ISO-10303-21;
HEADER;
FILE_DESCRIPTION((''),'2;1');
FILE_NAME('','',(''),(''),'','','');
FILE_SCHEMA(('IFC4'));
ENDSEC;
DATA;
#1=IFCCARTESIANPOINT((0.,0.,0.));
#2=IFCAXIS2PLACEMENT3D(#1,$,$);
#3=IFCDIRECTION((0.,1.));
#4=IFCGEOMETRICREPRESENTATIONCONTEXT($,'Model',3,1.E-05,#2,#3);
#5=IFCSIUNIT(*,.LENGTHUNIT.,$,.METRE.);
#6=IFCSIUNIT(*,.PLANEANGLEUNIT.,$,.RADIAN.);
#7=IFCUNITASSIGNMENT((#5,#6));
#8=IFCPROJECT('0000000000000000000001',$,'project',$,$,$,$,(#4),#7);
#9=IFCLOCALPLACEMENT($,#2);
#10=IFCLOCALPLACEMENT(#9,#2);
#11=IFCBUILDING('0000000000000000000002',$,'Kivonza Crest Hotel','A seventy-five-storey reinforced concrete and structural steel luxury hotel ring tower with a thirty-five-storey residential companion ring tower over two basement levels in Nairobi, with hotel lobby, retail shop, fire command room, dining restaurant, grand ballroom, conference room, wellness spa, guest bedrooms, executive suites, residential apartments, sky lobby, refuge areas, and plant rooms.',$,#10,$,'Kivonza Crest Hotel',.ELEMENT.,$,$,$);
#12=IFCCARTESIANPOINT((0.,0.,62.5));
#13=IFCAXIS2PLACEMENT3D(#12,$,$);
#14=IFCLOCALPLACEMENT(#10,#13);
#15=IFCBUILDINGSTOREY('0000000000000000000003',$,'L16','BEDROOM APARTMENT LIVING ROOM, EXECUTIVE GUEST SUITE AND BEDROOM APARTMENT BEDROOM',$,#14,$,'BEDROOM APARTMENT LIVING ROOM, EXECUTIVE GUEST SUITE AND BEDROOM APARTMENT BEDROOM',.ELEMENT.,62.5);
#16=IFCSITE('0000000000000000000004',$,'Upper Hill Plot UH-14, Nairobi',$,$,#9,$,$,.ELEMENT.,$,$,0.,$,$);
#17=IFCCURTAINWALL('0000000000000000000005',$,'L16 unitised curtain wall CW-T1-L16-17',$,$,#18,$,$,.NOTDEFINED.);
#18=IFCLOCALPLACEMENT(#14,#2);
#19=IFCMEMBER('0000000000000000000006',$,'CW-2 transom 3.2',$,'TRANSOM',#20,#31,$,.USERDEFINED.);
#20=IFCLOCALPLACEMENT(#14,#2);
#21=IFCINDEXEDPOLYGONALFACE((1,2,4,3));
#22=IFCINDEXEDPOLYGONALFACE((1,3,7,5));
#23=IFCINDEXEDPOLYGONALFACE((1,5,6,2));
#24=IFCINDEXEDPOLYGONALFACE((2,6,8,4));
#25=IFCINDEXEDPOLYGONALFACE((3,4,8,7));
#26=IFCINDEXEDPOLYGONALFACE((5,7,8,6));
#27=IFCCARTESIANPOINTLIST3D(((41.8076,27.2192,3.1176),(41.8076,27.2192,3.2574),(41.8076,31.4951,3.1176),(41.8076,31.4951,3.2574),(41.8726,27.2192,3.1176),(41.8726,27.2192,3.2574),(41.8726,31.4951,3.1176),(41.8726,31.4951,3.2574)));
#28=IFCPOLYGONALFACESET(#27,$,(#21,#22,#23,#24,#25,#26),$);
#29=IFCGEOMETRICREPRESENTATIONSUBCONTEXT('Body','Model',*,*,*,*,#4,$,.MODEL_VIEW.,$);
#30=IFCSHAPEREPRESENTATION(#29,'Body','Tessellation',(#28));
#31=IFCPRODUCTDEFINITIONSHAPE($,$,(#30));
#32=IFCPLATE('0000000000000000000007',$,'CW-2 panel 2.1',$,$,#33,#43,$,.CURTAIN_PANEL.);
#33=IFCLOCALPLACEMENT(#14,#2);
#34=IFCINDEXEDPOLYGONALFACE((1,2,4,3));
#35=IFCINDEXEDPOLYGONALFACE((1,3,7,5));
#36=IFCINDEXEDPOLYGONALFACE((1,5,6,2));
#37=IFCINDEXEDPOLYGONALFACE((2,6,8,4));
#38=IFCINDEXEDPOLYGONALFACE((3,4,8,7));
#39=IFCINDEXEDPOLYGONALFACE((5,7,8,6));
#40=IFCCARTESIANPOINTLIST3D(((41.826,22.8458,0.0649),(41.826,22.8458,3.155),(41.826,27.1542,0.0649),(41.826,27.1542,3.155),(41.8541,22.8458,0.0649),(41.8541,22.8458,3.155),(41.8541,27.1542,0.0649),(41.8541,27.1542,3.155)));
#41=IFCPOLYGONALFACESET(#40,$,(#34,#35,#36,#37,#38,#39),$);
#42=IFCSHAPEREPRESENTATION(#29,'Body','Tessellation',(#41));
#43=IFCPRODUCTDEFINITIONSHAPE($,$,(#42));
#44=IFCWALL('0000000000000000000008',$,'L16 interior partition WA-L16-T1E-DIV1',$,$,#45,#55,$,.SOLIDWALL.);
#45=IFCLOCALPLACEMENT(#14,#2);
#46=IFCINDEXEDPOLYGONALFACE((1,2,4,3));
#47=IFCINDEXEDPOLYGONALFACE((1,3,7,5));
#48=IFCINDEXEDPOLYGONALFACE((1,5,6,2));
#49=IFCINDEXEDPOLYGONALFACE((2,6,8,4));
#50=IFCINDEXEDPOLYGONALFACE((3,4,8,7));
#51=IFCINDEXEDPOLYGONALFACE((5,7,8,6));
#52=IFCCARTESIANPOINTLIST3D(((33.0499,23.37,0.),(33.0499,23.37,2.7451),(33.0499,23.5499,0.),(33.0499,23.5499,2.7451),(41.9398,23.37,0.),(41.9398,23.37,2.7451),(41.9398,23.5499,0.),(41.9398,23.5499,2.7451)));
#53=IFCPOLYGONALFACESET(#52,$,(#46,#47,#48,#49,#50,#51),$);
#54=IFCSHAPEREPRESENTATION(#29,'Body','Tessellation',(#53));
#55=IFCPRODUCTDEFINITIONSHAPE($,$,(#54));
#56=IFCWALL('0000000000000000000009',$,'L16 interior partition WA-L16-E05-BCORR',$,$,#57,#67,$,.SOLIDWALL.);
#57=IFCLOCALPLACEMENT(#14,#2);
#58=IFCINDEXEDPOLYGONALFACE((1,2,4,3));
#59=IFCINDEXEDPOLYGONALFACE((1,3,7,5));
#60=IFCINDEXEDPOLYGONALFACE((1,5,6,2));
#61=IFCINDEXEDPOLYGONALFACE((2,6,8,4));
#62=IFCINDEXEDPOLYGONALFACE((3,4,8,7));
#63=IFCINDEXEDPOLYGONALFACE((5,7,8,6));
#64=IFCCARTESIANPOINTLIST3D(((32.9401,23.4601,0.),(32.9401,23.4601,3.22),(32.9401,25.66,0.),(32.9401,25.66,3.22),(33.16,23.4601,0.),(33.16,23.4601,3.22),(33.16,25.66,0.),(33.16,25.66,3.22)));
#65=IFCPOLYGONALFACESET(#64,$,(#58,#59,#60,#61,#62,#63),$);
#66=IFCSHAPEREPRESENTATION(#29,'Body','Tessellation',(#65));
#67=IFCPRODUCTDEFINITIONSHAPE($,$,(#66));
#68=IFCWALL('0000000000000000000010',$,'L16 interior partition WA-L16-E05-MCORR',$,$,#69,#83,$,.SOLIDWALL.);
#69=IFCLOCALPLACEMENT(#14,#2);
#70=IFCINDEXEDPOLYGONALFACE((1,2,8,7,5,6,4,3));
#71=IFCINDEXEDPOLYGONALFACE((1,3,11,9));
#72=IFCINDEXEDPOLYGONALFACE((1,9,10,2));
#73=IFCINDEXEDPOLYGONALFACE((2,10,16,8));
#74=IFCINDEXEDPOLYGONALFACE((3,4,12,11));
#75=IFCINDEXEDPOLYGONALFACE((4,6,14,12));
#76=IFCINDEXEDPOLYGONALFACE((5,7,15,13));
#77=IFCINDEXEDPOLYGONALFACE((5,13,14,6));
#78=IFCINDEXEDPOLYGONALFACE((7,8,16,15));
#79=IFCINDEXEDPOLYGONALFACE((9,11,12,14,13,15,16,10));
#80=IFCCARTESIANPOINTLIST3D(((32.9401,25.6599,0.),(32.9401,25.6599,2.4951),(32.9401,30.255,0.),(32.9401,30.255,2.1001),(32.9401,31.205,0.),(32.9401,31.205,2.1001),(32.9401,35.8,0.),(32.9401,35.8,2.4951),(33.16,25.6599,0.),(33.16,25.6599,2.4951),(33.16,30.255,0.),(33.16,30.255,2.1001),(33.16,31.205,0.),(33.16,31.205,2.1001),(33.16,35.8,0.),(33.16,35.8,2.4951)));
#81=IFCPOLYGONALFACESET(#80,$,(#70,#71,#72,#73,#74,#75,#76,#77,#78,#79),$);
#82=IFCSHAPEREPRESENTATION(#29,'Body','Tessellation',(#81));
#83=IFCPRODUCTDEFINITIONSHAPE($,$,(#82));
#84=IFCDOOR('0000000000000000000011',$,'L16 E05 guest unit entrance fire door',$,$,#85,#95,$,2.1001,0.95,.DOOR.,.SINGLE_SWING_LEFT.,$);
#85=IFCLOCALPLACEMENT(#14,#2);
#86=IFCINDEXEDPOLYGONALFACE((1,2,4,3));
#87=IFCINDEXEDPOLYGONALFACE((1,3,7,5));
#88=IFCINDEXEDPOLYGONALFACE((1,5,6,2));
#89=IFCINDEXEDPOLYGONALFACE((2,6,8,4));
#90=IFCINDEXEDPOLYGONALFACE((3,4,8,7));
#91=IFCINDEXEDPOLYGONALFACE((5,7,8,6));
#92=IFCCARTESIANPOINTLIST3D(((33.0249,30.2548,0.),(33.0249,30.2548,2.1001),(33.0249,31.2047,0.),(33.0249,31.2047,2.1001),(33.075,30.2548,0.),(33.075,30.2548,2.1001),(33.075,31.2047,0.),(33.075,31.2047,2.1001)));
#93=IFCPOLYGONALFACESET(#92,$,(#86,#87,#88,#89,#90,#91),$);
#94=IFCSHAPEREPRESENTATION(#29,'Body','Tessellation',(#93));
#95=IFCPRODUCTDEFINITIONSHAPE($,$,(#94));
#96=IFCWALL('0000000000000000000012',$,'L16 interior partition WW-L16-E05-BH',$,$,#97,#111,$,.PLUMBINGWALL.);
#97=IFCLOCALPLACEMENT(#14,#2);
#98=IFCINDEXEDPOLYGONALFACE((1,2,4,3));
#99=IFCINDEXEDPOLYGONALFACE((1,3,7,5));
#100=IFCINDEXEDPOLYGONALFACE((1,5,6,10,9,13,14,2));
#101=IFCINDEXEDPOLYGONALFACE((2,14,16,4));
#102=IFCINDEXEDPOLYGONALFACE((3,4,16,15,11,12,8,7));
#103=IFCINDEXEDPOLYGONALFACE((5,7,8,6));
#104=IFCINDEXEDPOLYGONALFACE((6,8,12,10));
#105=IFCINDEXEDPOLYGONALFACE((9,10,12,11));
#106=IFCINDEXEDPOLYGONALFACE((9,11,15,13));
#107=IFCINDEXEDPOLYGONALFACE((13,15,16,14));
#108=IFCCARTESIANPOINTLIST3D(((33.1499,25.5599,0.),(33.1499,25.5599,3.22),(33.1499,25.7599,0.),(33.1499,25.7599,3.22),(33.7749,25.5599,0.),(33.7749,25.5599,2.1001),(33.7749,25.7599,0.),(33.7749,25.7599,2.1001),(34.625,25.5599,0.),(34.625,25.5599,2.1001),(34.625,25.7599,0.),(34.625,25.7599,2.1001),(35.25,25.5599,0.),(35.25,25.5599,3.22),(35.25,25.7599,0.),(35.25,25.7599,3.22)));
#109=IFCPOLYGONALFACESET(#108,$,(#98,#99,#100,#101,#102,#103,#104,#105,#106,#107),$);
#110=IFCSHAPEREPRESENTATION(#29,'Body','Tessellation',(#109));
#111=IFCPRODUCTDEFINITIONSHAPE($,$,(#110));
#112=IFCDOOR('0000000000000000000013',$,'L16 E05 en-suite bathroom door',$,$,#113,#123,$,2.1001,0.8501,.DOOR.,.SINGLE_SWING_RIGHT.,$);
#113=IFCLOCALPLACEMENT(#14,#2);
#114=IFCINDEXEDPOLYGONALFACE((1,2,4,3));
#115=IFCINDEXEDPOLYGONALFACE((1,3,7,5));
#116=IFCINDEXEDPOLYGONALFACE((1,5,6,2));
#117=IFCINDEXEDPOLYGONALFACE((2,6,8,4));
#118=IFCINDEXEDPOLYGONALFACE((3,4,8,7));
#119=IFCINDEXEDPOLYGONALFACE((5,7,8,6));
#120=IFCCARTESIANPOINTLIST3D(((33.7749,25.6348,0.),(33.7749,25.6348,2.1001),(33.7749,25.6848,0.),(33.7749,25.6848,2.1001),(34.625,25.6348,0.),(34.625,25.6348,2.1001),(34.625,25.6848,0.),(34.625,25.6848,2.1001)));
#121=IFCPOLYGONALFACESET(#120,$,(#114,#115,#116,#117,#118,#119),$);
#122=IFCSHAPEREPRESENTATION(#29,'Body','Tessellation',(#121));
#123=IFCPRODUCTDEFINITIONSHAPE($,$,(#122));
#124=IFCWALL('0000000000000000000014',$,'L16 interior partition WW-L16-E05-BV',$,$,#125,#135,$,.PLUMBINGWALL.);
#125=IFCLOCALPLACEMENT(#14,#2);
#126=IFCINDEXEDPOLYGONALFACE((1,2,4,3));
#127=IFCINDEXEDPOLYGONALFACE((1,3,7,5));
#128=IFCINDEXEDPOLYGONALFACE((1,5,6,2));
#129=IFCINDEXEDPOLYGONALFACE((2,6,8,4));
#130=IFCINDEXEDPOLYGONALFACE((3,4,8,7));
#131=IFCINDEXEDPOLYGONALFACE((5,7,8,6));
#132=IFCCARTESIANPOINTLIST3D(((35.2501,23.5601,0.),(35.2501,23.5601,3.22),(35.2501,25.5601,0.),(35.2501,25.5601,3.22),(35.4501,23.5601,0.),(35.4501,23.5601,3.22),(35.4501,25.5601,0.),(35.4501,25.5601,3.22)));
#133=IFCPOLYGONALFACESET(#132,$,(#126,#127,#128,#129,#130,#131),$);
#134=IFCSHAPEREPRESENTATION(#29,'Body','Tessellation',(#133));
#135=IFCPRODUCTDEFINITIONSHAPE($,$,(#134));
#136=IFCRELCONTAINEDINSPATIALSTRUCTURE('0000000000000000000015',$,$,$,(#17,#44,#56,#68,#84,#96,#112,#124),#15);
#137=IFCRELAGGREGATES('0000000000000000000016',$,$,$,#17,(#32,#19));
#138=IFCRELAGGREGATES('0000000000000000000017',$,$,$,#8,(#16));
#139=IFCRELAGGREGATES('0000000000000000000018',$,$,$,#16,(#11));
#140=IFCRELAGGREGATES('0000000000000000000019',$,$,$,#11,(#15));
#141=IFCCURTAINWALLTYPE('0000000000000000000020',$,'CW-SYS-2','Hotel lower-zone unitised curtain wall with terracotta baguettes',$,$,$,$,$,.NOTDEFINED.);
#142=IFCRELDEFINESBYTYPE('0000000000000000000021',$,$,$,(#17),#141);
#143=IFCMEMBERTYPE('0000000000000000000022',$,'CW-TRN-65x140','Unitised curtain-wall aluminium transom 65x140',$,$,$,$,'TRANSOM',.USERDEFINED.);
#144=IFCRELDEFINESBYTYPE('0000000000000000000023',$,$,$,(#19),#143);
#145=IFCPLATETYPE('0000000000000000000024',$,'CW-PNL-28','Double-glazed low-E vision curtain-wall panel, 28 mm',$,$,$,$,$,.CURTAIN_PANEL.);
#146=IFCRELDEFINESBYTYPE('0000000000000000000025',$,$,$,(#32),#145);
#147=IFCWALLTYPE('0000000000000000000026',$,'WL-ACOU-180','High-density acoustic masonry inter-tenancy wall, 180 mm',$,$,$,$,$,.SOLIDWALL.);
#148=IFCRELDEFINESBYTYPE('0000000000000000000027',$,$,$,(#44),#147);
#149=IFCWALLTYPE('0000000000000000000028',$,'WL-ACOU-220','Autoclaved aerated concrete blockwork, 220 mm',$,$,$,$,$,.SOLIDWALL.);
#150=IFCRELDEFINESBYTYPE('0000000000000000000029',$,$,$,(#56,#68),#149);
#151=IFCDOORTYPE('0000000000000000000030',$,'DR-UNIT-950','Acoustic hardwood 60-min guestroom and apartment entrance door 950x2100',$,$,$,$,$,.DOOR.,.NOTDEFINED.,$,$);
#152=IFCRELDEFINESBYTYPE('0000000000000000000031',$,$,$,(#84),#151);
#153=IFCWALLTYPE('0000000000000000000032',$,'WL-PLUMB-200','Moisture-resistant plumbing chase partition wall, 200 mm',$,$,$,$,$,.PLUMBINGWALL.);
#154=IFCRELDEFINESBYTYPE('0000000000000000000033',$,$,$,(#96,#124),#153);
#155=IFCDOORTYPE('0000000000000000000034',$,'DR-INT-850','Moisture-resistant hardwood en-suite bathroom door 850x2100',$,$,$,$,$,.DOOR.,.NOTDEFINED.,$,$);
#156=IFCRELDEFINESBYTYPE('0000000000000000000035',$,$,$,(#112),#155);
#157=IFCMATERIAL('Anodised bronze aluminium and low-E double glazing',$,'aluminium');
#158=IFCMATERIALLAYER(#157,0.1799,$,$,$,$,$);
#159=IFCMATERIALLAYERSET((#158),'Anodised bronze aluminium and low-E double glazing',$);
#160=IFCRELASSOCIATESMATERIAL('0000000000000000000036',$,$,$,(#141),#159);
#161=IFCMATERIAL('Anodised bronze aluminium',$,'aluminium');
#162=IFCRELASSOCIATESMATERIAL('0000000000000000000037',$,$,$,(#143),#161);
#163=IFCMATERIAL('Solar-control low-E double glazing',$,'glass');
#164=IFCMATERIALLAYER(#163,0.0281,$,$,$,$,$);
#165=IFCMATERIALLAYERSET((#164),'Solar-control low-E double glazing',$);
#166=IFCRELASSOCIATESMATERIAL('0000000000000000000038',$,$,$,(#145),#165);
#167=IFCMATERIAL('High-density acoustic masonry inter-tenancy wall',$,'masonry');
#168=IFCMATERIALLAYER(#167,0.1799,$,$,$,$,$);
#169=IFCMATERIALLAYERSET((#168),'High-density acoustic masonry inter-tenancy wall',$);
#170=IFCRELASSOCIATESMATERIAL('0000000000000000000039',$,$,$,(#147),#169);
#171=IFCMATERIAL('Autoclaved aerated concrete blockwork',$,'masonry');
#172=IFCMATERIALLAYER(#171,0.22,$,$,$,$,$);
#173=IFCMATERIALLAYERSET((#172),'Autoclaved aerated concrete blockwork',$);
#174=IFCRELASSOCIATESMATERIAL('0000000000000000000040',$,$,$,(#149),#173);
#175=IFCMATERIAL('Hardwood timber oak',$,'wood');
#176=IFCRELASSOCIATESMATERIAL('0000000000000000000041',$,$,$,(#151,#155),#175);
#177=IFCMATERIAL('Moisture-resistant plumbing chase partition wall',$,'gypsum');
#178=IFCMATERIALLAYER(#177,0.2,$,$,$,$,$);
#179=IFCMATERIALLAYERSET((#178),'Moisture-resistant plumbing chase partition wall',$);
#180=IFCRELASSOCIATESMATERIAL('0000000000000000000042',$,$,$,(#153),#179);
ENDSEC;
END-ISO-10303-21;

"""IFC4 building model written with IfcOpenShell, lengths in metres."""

from ifc_helpers import new_model, si_unit, direction, frame, frame_2d, origin, origin_2d, place, context, subcontext, project, spatial, rectangle, extrude, material, layer, layer_set, material_profile, profile_set, type_object, element, fill, aggregate, save


model = new_model("IFC4")

# Units and contexts
model_context = context("Model", 3, precision=1e-05, world=origin(), true_north=direction((0.0, 1.0)))
body_context = subcontext(model_context, "Body", "Model", "MODEL_VIEW")
ifc_project = project(units=[si_unit("LENGTHUNIT", "METRE"), si_unit("PLANEANGLEUNIT", "RADIAN")], contexts=[model_context])

# Site, building, storey
site_placement = place(None, origin())
site = spatial("IfcSite", under=ifc_project, at=site_placement, Name="Upper Hill Plot UH-14, Nairobi", CompositionType="ELEMENT", RefElevation=0.0)
building_placement = place(site_placement, origin())
building = spatial("IfcBuilding", under=site, at=building_placement, Name="Kivonza Crest Hotel", Description="A seventy-five-storey reinforced concrete and structural steel luxury hotel ring tower with a thirty-five-storey residential companion ring tower over two basement levels in Nairobi, with hotel lobby, retail shop, fire command room, dining restaurant, grand ballroom, conference room, wellness spa, guest bedrooms, executive suites, residential apartments, sky lobby, refuge areas, and plant rooms.", LongName="Kivonza Crest Hotel", CompositionType="ELEMENT")
storey_placement = place(building_placement, frame((0.0, 0.0, 62.5)))
storey = spatial("IfcBuildingStorey", under=building, at=storey_placement, Name="L16", Description="BEDROOM APARTMENT LIVING ROOM, EXECUTIVE GUEST SUITE AND BEDROOM APARTMENT BEDROOM", LongName="BEDROOM APARTMENT LIVING ROOM, EXECUTIVE GUEST SUITE AND BEDROOM APARTMENT BEDROOM", CompositionType="ELEMENT", Elevation=62.5)

# Curtain wall, member, plate
ifc_material_1 = material(Name="Anodised bronze aluminium and low-E double glazing", Category="aluminium")
ifc_layer_1 = layer(ifc_material_1, 0.1799)
ifc_layer_set_1 = layer_set([ifc_layer_1], Name="Anodised bronze aluminium and low-E double glazing")
curtain_wall_type = type_object("IfcCurtainWallType", Name="CW-SYS-2", Description="Hotel lower-zone unitised curtain wall with terracotta baguettes", PredefinedType="NOTDEFINED", material=ifc_layer_set_1)
curtain_wall_placement = place(storey_placement, origin())
curtain_wall = element("IfcCurtainWall", 1, at=curtain_wall_placement, inside=storey, type_object=curtain_wall_type, Name="L16 unitised curtain wall CW-T1-L16-17", PredefinedType="NOTDEFINED")
ifc_material_2 = material(Name="Anodised bronze aluminium", Category="aluminium")
ifc_material_profile_1 = material_profile(ifc_material_2, rectangle(XDim=0.0649, YDim=0.1399, at=origin_2d()), Name="CW-T 65x140")
ifc_profile_set_1 = profile_set([ifc_material_profile_1], Name="Anodised bronze aluminium")
member_type_1 = type_object("IfcMemberType", Name="CW-TRN-65x140", Description="Unitised curtain-wall aluminium transom 65x140", ElementType="TRANSOM", PredefinedType="USERDEFINED", material=ifc_profile_set_1)
member_1_placement = place(storey_placement, frame((41.8401, 27.2192, 3.1875), z_axis=(0.0, 1.0, 0.0), x_axis=(-1.0, 0.0, 0.0)))
member_1 = element("IfcMember", 2, at=member_1_placement, type_object=member_type_1, Name="CW-2 transom 3.2", ObjectType="TRANSOM", PredefinedType="USERDEFINED", context=body_context, shape_type="SweptSolid", body=[
    extrude(rectangle(XDim=0.0649, YDim=0.1399, at=origin_2d()), origin(), (0.0, 0.0, 1.0), 4.2759),
])
ifc_material_3 = material(Name="Solar-control low-E double glazing", Category="glass")
ifc_layer_2 = layer(ifc_material_3, 0.0281)
ifc_layer_set_2 = layer_set([ifc_layer_2], Name="Solar-control low-E double glazing")
plate_type = type_object("IfcPlateType", Name="CW-PNL-28", Description="Double-glazed low-E vision curtain-wall panel, 28 mm", PredefinedType="CURTAIN_PANEL", material=ifc_layer_set_2)
plate_placement = place(storey_placement, frame((41.8401, 25.0, 0.0649), z_axis=(0.0, 0.0, 1.0), x_axis=(0.0, 1.0, 0.0)))
plate = element("IfcPlate", 3, at=plate_placement, type_object=plate_type, Name="CW-2 panel 2.1", PredefinedType="CURTAIN_PANEL", context=body_context, shape_type="SweptSolid", body=[
    extrude(rectangle(XDim=4.3083, YDim=0.0281, at=origin_2d()), origin(), (0.0, 0.0, 1.0), 3.0901),
])
aggregate(curtain_wall, [plate, member_1])

# Walls
ifc_material_4 = material(Name="High-density acoustic masonry inter-tenancy wall", Category="masonry")
ifc_layer_3 = layer(ifc_material_4, 0.1799)
ifc_layer_set_3 = layer_set([ifc_layer_3], Name="High-density acoustic masonry inter-tenancy wall")
wall_type_1 = type_object("IfcWallType", Name="WL-ACOU-180", Description="High-density acoustic masonry inter-tenancy wall, 180 mm", PredefinedType="SOLIDWALL", material=ifc_layer_set_3)
wall_1_placement = place(storey_placement, frame((33.05, 23.46, 0.0), z_axis=(0.0, 0.0, 1.0), x_axis=(1.0, 0.0, 0.0)))
element("IfcWall", 4, at=wall_1_placement, inside=storey, type_object=wall_type_1, Name="L16 interior partition WA-L16-T1E-DIV1", PredefinedType="SOLIDWALL", context=body_context, shape_type="SweptSolid", body=[
    extrude(rectangle(XDim=8.8899, YDim=0.1799, at=frame_2d((4.4448, 0.0))), origin(), (0.0, 0.0, 1.0), 2.7451),
])
ifc_material_5 = material(Name="Autoclaved aerated concrete blockwork", Category="masonry")
ifc_layer_4 = layer(ifc_material_5, 0.22)
ifc_layer_set_4 = layer_set([ifc_layer_4], Name="Autoclaved aerated concrete blockwork")
wall_type_2 = type_object("IfcWallType", Name="WL-ACOU-220", Description="Autoclaved aerated concrete blockwork, 220 mm", PredefinedType="SOLIDWALL", material=ifc_layer_set_4)
wall_2_placement = place(storey_placement, frame((33.05, 23.46, 0.0), z_axis=(0.0, 0.0, 1.0), x_axis=(0.0, 1.0, 0.0)))
element("IfcWall", 5, at=wall_2_placement, inside=storey, type_object=wall_type_2, Name="L16 interior partition WA-L16-E05-BCORR", PredefinedType="SOLIDWALL", context=body_context, shape_type="SweptSolid", body=[
    extrude(rectangle(XDim=2.2, YDim=0.22, at=frame_2d((1.1001, 0.0))), origin(), (0.0, 0.0, 1.0), 3.22),
])

# Walls, openings, doors
wall_3_placement = place(storey_placement, frame((33.05, 25.6599, 0.0), z_axis=(0.0, 0.0, 1.0), x_axis=(0.0, 1.0, 0.0)))
wall_3 = element("IfcWall", 6, at=wall_3_placement, inside=storey, type_object=wall_type_2, Name="L16 interior partition WA-L16-E05-MCORR", PredefinedType="SOLIDWALL", context=body_context, shape_type="SweptSolid", body=[
    extrude(rectangle(XDim=10.1401, YDim=0.22, at=frame_2d((5.0701, 0.0))), origin(), (0.0, 0.0, 1.0), 2.4951),
])
opening_1_placement = place(wall_3_placement, frame((4.595, 0.0, 0.0)))
opening_1 = element("IfcOpeningElement", 7, at=opening_1_placement, cuts=wall_3, PredefinedType="OPENING", context=body_context, shape_type="SweptSolid", body=[
    extrude(rectangle(XDim=0.95, YDim=2.1001, at=frame_2d((0.4751, 1.05))), frame((0.0, 0.1201, 0.0), z_axis=(0.0, -1.0, 0.0), x_axis=(1.0, 0.0, 0.0)), (0.0, 0.0, 1.0), 0.24),
])
ifc_material_6 = material(Name="Hardwood timber oak", Category="wood")
door_type_1 = type_object("IfcDoorType", Name="DR-UNIT-950", Description="Acoustic hardwood 60-min guestroom and apartment entrance door 950x2100", OperationType="NOTDEFINED", PredefinedType="DOOR", material=ifc_material_6)
door_1_placement = place(opening_1_placement, frame((0.95, 0.0, 0.0), z_axis=(0.0, 0.0, 1.0), x_axis=(-1.0, 0.0, 0.0)))
door_1 = element("IfcDoor", 8, at=door_1_placement, inside=storey, type_object=door_type_1, Name="L16 E05 guest unit entrance fire door", OperationType="SINGLE_SWING_LEFT", OverallHeight=2.1001, OverallWidth=0.95, PredefinedType="DOOR", context=body_context, shape_type="SweptSolid", body=[
    extrude(rectangle(XDim=0.95, YDim=2.1001, at=frame_2d((0.4751, 1.05))), frame((0.0, 0.0249, 0.0), z_axis=(0.0, -1.0, 0.0), x_axis=(1.0, 0.0, 0.0)), (0.0, 0.0, 1.0), 0.05),
])
fill(opening_1, door_1)
ifc_material_7 = material(Name="Moisture-resistant plumbing chase partition wall", Category="gypsum")
ifc_layer_5 = layer(ifc_material_7, 0.2)
ifc_layer_set_5 = layer_set([ifc_layer_5], Name="Moisture-resistant plumbing chase partition wall")
wall_type_3 = type_object("IfcWallType", Name="WL-PLUMB-200", Description="Moisture-resistant plumbing chase partition wall, 200 mm", PredefinedType="PLUMBINGWALL", material=ifc_layer_set_5)
wall_4_placement = place(storey_placement, frame((33.1499, 25.6599, 0.0), z_axis=(0.0, 0.0, 1.0), x_axis=(1.0, 0.0, 0.0)))
wall_4 = element("IfcWall", 9, at=wall_4_placement, inside=storey, type_object=wall_type_3, Name="L16 interior partition WW-L16-E05-BH", PredefinedType="PLUMBINGWALL", context=body_context, shape_type="SweptSolid", body=[
    extrude(rectangle(XDim=2.1001, YDim=0.2, at=frame_2d((1.05, 0.0))), origin(), (0.0, 0.0, 1.0), 3.22),
])
opening_2_placement = place(wall_4_placement, frame((0.625, 0.0, 0.0)))
opening_2 = element("IfcOpeningElement", 10, at=opening_2_placement, cuts=wall_4, PredefinedType="OPENING", context=body_context, shape_type="SweptSolid", body=[
    extrude(rectangle(XDim=0.8501, YDim=2.1001, at=frame_2d((0.425, 1.05))), frame((0.0, 0.1099, 0.0), z_axis=(0.0, -1.0, 0.0), x_axis=(1.0, 0.0, 0.0)), (0.0, 0.0, 1.0), 0.22),
])
door_type_2 = type_object("IfcDoorType", Name="DR-INT-850", Description="Moisture-resistant hardwood en-suite bathroom door 850x2100", OperationType="NOTDEFINED", PredefinedType="DOOR", material=ifc_material_6)
door_2_placement = place(opening_2_placement, origin())
door_2 = element("IfcDoor", 11, at=door_2_placement, inside=storey, type_object=door_type_2, Name="L16 E05 en-suite bathroom door", OperationType="SINGLE_SWING_RIGHT", OverallHeight=2.1001, OverallWidth=0.8501, PredefinedType="DOOR", context=body_context, shape_type="SweptSolid", body=[
    extrude(rectangle(XDim=0.8501, YDim=2.1001, at=frame_2d((0.425, 1.05))), frame((0.0, 0.0249, 0.0), z_axis=(0.0, -1.0, 0.0), x_axis=(1.0, 0.0, 0.0)), (0.0, 0.0, 1.0), 0.05),
])
fill(opening_2, door_2)

# Wall
wall_5_placement = place(storey_placement, frame((35.3501, 23.5601, 0.0), z_axis=(0.0, 0.0, 1.0), x_axis=(0.0, 1.0, 0.0)))
element("IfcWall", 12, at=wall_5_placement, inside=storey, type_object=wall_type_3, Name="L16 interior partition WW-L16-E05-BV", PredefinedType="PLUMBINGWALL", context=body_context, shape_type="SweptSolid", body=[
    extrude(rectangle(XDim=2.0, YDim=0.2, at=frame_2d((1.0, 0.0))), origin(), (0.0, 0.0, 1.0), 3.22),
])

save(model, "model.ifc")
